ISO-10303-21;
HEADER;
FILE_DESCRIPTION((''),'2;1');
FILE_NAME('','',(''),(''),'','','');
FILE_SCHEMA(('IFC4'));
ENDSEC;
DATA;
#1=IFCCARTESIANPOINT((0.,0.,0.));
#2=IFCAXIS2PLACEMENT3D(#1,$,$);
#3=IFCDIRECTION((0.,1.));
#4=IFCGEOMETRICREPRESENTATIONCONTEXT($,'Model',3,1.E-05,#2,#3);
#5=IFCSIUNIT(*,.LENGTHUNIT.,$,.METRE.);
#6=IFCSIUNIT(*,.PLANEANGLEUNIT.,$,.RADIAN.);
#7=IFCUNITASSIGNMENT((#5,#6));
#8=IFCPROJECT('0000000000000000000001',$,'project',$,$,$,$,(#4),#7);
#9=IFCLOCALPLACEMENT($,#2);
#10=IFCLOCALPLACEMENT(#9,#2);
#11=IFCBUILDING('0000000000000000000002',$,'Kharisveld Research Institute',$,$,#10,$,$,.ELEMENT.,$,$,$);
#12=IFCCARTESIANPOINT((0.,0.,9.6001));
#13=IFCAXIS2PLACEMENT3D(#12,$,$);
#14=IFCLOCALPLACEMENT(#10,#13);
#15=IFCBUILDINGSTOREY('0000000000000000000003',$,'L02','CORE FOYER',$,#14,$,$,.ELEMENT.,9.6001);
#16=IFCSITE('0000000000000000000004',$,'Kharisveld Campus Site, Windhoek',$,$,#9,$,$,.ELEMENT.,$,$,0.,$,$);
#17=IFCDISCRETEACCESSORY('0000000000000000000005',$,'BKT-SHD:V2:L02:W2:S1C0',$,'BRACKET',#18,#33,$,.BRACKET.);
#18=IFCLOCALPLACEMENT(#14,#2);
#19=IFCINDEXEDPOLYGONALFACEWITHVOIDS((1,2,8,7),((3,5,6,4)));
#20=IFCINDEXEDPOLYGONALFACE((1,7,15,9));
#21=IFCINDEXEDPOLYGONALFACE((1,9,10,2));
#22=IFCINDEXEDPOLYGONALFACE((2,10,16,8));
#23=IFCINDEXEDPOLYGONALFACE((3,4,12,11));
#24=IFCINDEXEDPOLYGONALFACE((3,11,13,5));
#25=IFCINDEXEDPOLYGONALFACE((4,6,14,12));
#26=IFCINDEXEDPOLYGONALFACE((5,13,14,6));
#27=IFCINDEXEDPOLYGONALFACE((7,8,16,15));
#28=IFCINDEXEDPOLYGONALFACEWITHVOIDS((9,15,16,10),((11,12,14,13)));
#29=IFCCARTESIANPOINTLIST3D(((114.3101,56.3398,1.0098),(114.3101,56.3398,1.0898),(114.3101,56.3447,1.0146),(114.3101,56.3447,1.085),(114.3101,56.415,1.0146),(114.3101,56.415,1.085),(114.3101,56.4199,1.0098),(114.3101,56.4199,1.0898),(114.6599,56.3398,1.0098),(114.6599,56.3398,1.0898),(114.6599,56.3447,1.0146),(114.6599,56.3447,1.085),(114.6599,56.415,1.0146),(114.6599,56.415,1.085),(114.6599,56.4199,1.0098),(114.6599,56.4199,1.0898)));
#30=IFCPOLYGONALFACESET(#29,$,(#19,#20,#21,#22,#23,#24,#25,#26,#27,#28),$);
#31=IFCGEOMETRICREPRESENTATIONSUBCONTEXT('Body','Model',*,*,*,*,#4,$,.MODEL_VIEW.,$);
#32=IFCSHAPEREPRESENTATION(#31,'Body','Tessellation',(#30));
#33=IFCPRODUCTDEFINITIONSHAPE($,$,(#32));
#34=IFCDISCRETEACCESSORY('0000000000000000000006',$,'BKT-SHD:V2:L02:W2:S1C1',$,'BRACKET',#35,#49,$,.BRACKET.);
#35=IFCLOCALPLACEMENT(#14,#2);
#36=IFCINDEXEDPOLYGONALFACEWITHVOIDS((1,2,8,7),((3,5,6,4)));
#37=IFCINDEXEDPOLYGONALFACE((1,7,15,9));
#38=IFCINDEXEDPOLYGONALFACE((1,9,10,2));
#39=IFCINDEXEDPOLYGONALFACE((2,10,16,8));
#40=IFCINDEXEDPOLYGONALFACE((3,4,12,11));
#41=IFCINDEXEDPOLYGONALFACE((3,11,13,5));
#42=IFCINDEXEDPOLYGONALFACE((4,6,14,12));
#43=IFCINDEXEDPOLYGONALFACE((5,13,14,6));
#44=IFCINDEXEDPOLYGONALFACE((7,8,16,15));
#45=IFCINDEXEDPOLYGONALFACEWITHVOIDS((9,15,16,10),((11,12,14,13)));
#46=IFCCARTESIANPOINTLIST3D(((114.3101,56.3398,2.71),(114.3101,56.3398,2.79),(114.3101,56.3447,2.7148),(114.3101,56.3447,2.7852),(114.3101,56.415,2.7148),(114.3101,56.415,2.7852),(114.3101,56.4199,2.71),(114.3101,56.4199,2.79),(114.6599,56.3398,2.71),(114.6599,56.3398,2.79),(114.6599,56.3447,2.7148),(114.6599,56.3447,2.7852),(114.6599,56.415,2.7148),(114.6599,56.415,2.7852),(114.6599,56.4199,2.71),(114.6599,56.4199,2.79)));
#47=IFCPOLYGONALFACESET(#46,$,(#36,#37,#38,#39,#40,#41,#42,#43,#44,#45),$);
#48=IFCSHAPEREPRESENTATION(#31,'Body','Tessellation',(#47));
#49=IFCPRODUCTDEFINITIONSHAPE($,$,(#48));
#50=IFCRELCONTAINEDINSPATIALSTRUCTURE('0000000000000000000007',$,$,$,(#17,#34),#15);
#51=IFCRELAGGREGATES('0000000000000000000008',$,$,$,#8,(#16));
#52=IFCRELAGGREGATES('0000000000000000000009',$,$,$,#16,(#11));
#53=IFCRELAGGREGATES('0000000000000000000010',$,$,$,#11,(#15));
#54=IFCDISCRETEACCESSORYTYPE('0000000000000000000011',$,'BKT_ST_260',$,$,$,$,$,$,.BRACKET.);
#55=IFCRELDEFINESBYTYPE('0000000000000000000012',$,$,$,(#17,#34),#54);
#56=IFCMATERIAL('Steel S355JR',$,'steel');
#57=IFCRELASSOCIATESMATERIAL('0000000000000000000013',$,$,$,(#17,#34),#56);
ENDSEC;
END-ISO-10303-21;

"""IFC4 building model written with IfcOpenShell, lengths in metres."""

from ifc_helpers import new_model, si_unit, direction, frame, origin, origin_2d, place, context, subcontext, project, spatial, hollow_rectangle, extrude, material, type_object, element, save


model = new_model("IFC4")

# Units and contexts
model_context = context("Model", 3, precision=1e-05, world=origin(), true_north=direction((0.0, 1.0)))
body_context = subcontext(model_context, "Body", "Model", "MODEL_VIEW")
ifc_project = project(units=[si_unit("LENGTHUNIT", "METRE"), si_unit("PLANEANGLEUNIT", "RADIAN")], contexts=[model_context])

# Site, building, storey
site_placement = place(None, origin())
site = spatial("IfcSite", under=ifc_project, at=site_placement, Name="Kharisveld Campus Site, Windhoek", CompositionType="ELEMENT", RefElevation=0.0)
building_placement = place(site_placement, origin())
building = spatial("IfcBuilding", under=site, at=building_placement, Name="Kharisveld Research Institute", CompositionType="ELEMENT")
storey_placement = place(building_placement, frame((0.0, 0.0, 9.6001)))
storey = spatial("IfcBuildingStorey", under=building, at=storey_placement, Name="L02", Description="CORE FOYER", CompositionType="ELEMENT", Elevation=9.6001)

# Discrete accessories
ifc_material_1 = material(Name="Steel S355JR", Category="steel")
discrete_accessory_type = type_object("IfcDiscreteAccessoryType", Name="BKT_ST_260", PredefinedType="BRACKET")
for number, where, z_axis, x_axis, name in (
    (1, (114.6599, 56.3799, 1.0498), (-1.0, 0.0, 0.0), (0.0, -1.0, 0.0), "BKT-SHD:V2:L02:W2:S1C0"),
    (2, (114.6599, 56.3799, 2.75), (-1.0, 0.0, 0.0), (0.0, -1.0, 0.0), "BKT-SHD:V2:L02:W2:S1C1"),
):
    element("IfcDiscreteAccessory", number, at=place(storey_placement, frame(where, z_axis=z_axis, x_axis=x_axis)), inside=storey, type_object=discrete_accessory_type, material=ifc_material_1, Name=name, ObjectType="BRACKET", PredefinedType="BRACKET", context=body_context, shape_type="SweptSolid", body=[
        extrude(hollow_rectangle(XDim=0.0801, YDim=0.0801, WallThickness=0.0049, at=origin_2d()), origin(), (0.0, 0.0, 1.0), 0.3499),
    ])

save(model, "model.ifc")
